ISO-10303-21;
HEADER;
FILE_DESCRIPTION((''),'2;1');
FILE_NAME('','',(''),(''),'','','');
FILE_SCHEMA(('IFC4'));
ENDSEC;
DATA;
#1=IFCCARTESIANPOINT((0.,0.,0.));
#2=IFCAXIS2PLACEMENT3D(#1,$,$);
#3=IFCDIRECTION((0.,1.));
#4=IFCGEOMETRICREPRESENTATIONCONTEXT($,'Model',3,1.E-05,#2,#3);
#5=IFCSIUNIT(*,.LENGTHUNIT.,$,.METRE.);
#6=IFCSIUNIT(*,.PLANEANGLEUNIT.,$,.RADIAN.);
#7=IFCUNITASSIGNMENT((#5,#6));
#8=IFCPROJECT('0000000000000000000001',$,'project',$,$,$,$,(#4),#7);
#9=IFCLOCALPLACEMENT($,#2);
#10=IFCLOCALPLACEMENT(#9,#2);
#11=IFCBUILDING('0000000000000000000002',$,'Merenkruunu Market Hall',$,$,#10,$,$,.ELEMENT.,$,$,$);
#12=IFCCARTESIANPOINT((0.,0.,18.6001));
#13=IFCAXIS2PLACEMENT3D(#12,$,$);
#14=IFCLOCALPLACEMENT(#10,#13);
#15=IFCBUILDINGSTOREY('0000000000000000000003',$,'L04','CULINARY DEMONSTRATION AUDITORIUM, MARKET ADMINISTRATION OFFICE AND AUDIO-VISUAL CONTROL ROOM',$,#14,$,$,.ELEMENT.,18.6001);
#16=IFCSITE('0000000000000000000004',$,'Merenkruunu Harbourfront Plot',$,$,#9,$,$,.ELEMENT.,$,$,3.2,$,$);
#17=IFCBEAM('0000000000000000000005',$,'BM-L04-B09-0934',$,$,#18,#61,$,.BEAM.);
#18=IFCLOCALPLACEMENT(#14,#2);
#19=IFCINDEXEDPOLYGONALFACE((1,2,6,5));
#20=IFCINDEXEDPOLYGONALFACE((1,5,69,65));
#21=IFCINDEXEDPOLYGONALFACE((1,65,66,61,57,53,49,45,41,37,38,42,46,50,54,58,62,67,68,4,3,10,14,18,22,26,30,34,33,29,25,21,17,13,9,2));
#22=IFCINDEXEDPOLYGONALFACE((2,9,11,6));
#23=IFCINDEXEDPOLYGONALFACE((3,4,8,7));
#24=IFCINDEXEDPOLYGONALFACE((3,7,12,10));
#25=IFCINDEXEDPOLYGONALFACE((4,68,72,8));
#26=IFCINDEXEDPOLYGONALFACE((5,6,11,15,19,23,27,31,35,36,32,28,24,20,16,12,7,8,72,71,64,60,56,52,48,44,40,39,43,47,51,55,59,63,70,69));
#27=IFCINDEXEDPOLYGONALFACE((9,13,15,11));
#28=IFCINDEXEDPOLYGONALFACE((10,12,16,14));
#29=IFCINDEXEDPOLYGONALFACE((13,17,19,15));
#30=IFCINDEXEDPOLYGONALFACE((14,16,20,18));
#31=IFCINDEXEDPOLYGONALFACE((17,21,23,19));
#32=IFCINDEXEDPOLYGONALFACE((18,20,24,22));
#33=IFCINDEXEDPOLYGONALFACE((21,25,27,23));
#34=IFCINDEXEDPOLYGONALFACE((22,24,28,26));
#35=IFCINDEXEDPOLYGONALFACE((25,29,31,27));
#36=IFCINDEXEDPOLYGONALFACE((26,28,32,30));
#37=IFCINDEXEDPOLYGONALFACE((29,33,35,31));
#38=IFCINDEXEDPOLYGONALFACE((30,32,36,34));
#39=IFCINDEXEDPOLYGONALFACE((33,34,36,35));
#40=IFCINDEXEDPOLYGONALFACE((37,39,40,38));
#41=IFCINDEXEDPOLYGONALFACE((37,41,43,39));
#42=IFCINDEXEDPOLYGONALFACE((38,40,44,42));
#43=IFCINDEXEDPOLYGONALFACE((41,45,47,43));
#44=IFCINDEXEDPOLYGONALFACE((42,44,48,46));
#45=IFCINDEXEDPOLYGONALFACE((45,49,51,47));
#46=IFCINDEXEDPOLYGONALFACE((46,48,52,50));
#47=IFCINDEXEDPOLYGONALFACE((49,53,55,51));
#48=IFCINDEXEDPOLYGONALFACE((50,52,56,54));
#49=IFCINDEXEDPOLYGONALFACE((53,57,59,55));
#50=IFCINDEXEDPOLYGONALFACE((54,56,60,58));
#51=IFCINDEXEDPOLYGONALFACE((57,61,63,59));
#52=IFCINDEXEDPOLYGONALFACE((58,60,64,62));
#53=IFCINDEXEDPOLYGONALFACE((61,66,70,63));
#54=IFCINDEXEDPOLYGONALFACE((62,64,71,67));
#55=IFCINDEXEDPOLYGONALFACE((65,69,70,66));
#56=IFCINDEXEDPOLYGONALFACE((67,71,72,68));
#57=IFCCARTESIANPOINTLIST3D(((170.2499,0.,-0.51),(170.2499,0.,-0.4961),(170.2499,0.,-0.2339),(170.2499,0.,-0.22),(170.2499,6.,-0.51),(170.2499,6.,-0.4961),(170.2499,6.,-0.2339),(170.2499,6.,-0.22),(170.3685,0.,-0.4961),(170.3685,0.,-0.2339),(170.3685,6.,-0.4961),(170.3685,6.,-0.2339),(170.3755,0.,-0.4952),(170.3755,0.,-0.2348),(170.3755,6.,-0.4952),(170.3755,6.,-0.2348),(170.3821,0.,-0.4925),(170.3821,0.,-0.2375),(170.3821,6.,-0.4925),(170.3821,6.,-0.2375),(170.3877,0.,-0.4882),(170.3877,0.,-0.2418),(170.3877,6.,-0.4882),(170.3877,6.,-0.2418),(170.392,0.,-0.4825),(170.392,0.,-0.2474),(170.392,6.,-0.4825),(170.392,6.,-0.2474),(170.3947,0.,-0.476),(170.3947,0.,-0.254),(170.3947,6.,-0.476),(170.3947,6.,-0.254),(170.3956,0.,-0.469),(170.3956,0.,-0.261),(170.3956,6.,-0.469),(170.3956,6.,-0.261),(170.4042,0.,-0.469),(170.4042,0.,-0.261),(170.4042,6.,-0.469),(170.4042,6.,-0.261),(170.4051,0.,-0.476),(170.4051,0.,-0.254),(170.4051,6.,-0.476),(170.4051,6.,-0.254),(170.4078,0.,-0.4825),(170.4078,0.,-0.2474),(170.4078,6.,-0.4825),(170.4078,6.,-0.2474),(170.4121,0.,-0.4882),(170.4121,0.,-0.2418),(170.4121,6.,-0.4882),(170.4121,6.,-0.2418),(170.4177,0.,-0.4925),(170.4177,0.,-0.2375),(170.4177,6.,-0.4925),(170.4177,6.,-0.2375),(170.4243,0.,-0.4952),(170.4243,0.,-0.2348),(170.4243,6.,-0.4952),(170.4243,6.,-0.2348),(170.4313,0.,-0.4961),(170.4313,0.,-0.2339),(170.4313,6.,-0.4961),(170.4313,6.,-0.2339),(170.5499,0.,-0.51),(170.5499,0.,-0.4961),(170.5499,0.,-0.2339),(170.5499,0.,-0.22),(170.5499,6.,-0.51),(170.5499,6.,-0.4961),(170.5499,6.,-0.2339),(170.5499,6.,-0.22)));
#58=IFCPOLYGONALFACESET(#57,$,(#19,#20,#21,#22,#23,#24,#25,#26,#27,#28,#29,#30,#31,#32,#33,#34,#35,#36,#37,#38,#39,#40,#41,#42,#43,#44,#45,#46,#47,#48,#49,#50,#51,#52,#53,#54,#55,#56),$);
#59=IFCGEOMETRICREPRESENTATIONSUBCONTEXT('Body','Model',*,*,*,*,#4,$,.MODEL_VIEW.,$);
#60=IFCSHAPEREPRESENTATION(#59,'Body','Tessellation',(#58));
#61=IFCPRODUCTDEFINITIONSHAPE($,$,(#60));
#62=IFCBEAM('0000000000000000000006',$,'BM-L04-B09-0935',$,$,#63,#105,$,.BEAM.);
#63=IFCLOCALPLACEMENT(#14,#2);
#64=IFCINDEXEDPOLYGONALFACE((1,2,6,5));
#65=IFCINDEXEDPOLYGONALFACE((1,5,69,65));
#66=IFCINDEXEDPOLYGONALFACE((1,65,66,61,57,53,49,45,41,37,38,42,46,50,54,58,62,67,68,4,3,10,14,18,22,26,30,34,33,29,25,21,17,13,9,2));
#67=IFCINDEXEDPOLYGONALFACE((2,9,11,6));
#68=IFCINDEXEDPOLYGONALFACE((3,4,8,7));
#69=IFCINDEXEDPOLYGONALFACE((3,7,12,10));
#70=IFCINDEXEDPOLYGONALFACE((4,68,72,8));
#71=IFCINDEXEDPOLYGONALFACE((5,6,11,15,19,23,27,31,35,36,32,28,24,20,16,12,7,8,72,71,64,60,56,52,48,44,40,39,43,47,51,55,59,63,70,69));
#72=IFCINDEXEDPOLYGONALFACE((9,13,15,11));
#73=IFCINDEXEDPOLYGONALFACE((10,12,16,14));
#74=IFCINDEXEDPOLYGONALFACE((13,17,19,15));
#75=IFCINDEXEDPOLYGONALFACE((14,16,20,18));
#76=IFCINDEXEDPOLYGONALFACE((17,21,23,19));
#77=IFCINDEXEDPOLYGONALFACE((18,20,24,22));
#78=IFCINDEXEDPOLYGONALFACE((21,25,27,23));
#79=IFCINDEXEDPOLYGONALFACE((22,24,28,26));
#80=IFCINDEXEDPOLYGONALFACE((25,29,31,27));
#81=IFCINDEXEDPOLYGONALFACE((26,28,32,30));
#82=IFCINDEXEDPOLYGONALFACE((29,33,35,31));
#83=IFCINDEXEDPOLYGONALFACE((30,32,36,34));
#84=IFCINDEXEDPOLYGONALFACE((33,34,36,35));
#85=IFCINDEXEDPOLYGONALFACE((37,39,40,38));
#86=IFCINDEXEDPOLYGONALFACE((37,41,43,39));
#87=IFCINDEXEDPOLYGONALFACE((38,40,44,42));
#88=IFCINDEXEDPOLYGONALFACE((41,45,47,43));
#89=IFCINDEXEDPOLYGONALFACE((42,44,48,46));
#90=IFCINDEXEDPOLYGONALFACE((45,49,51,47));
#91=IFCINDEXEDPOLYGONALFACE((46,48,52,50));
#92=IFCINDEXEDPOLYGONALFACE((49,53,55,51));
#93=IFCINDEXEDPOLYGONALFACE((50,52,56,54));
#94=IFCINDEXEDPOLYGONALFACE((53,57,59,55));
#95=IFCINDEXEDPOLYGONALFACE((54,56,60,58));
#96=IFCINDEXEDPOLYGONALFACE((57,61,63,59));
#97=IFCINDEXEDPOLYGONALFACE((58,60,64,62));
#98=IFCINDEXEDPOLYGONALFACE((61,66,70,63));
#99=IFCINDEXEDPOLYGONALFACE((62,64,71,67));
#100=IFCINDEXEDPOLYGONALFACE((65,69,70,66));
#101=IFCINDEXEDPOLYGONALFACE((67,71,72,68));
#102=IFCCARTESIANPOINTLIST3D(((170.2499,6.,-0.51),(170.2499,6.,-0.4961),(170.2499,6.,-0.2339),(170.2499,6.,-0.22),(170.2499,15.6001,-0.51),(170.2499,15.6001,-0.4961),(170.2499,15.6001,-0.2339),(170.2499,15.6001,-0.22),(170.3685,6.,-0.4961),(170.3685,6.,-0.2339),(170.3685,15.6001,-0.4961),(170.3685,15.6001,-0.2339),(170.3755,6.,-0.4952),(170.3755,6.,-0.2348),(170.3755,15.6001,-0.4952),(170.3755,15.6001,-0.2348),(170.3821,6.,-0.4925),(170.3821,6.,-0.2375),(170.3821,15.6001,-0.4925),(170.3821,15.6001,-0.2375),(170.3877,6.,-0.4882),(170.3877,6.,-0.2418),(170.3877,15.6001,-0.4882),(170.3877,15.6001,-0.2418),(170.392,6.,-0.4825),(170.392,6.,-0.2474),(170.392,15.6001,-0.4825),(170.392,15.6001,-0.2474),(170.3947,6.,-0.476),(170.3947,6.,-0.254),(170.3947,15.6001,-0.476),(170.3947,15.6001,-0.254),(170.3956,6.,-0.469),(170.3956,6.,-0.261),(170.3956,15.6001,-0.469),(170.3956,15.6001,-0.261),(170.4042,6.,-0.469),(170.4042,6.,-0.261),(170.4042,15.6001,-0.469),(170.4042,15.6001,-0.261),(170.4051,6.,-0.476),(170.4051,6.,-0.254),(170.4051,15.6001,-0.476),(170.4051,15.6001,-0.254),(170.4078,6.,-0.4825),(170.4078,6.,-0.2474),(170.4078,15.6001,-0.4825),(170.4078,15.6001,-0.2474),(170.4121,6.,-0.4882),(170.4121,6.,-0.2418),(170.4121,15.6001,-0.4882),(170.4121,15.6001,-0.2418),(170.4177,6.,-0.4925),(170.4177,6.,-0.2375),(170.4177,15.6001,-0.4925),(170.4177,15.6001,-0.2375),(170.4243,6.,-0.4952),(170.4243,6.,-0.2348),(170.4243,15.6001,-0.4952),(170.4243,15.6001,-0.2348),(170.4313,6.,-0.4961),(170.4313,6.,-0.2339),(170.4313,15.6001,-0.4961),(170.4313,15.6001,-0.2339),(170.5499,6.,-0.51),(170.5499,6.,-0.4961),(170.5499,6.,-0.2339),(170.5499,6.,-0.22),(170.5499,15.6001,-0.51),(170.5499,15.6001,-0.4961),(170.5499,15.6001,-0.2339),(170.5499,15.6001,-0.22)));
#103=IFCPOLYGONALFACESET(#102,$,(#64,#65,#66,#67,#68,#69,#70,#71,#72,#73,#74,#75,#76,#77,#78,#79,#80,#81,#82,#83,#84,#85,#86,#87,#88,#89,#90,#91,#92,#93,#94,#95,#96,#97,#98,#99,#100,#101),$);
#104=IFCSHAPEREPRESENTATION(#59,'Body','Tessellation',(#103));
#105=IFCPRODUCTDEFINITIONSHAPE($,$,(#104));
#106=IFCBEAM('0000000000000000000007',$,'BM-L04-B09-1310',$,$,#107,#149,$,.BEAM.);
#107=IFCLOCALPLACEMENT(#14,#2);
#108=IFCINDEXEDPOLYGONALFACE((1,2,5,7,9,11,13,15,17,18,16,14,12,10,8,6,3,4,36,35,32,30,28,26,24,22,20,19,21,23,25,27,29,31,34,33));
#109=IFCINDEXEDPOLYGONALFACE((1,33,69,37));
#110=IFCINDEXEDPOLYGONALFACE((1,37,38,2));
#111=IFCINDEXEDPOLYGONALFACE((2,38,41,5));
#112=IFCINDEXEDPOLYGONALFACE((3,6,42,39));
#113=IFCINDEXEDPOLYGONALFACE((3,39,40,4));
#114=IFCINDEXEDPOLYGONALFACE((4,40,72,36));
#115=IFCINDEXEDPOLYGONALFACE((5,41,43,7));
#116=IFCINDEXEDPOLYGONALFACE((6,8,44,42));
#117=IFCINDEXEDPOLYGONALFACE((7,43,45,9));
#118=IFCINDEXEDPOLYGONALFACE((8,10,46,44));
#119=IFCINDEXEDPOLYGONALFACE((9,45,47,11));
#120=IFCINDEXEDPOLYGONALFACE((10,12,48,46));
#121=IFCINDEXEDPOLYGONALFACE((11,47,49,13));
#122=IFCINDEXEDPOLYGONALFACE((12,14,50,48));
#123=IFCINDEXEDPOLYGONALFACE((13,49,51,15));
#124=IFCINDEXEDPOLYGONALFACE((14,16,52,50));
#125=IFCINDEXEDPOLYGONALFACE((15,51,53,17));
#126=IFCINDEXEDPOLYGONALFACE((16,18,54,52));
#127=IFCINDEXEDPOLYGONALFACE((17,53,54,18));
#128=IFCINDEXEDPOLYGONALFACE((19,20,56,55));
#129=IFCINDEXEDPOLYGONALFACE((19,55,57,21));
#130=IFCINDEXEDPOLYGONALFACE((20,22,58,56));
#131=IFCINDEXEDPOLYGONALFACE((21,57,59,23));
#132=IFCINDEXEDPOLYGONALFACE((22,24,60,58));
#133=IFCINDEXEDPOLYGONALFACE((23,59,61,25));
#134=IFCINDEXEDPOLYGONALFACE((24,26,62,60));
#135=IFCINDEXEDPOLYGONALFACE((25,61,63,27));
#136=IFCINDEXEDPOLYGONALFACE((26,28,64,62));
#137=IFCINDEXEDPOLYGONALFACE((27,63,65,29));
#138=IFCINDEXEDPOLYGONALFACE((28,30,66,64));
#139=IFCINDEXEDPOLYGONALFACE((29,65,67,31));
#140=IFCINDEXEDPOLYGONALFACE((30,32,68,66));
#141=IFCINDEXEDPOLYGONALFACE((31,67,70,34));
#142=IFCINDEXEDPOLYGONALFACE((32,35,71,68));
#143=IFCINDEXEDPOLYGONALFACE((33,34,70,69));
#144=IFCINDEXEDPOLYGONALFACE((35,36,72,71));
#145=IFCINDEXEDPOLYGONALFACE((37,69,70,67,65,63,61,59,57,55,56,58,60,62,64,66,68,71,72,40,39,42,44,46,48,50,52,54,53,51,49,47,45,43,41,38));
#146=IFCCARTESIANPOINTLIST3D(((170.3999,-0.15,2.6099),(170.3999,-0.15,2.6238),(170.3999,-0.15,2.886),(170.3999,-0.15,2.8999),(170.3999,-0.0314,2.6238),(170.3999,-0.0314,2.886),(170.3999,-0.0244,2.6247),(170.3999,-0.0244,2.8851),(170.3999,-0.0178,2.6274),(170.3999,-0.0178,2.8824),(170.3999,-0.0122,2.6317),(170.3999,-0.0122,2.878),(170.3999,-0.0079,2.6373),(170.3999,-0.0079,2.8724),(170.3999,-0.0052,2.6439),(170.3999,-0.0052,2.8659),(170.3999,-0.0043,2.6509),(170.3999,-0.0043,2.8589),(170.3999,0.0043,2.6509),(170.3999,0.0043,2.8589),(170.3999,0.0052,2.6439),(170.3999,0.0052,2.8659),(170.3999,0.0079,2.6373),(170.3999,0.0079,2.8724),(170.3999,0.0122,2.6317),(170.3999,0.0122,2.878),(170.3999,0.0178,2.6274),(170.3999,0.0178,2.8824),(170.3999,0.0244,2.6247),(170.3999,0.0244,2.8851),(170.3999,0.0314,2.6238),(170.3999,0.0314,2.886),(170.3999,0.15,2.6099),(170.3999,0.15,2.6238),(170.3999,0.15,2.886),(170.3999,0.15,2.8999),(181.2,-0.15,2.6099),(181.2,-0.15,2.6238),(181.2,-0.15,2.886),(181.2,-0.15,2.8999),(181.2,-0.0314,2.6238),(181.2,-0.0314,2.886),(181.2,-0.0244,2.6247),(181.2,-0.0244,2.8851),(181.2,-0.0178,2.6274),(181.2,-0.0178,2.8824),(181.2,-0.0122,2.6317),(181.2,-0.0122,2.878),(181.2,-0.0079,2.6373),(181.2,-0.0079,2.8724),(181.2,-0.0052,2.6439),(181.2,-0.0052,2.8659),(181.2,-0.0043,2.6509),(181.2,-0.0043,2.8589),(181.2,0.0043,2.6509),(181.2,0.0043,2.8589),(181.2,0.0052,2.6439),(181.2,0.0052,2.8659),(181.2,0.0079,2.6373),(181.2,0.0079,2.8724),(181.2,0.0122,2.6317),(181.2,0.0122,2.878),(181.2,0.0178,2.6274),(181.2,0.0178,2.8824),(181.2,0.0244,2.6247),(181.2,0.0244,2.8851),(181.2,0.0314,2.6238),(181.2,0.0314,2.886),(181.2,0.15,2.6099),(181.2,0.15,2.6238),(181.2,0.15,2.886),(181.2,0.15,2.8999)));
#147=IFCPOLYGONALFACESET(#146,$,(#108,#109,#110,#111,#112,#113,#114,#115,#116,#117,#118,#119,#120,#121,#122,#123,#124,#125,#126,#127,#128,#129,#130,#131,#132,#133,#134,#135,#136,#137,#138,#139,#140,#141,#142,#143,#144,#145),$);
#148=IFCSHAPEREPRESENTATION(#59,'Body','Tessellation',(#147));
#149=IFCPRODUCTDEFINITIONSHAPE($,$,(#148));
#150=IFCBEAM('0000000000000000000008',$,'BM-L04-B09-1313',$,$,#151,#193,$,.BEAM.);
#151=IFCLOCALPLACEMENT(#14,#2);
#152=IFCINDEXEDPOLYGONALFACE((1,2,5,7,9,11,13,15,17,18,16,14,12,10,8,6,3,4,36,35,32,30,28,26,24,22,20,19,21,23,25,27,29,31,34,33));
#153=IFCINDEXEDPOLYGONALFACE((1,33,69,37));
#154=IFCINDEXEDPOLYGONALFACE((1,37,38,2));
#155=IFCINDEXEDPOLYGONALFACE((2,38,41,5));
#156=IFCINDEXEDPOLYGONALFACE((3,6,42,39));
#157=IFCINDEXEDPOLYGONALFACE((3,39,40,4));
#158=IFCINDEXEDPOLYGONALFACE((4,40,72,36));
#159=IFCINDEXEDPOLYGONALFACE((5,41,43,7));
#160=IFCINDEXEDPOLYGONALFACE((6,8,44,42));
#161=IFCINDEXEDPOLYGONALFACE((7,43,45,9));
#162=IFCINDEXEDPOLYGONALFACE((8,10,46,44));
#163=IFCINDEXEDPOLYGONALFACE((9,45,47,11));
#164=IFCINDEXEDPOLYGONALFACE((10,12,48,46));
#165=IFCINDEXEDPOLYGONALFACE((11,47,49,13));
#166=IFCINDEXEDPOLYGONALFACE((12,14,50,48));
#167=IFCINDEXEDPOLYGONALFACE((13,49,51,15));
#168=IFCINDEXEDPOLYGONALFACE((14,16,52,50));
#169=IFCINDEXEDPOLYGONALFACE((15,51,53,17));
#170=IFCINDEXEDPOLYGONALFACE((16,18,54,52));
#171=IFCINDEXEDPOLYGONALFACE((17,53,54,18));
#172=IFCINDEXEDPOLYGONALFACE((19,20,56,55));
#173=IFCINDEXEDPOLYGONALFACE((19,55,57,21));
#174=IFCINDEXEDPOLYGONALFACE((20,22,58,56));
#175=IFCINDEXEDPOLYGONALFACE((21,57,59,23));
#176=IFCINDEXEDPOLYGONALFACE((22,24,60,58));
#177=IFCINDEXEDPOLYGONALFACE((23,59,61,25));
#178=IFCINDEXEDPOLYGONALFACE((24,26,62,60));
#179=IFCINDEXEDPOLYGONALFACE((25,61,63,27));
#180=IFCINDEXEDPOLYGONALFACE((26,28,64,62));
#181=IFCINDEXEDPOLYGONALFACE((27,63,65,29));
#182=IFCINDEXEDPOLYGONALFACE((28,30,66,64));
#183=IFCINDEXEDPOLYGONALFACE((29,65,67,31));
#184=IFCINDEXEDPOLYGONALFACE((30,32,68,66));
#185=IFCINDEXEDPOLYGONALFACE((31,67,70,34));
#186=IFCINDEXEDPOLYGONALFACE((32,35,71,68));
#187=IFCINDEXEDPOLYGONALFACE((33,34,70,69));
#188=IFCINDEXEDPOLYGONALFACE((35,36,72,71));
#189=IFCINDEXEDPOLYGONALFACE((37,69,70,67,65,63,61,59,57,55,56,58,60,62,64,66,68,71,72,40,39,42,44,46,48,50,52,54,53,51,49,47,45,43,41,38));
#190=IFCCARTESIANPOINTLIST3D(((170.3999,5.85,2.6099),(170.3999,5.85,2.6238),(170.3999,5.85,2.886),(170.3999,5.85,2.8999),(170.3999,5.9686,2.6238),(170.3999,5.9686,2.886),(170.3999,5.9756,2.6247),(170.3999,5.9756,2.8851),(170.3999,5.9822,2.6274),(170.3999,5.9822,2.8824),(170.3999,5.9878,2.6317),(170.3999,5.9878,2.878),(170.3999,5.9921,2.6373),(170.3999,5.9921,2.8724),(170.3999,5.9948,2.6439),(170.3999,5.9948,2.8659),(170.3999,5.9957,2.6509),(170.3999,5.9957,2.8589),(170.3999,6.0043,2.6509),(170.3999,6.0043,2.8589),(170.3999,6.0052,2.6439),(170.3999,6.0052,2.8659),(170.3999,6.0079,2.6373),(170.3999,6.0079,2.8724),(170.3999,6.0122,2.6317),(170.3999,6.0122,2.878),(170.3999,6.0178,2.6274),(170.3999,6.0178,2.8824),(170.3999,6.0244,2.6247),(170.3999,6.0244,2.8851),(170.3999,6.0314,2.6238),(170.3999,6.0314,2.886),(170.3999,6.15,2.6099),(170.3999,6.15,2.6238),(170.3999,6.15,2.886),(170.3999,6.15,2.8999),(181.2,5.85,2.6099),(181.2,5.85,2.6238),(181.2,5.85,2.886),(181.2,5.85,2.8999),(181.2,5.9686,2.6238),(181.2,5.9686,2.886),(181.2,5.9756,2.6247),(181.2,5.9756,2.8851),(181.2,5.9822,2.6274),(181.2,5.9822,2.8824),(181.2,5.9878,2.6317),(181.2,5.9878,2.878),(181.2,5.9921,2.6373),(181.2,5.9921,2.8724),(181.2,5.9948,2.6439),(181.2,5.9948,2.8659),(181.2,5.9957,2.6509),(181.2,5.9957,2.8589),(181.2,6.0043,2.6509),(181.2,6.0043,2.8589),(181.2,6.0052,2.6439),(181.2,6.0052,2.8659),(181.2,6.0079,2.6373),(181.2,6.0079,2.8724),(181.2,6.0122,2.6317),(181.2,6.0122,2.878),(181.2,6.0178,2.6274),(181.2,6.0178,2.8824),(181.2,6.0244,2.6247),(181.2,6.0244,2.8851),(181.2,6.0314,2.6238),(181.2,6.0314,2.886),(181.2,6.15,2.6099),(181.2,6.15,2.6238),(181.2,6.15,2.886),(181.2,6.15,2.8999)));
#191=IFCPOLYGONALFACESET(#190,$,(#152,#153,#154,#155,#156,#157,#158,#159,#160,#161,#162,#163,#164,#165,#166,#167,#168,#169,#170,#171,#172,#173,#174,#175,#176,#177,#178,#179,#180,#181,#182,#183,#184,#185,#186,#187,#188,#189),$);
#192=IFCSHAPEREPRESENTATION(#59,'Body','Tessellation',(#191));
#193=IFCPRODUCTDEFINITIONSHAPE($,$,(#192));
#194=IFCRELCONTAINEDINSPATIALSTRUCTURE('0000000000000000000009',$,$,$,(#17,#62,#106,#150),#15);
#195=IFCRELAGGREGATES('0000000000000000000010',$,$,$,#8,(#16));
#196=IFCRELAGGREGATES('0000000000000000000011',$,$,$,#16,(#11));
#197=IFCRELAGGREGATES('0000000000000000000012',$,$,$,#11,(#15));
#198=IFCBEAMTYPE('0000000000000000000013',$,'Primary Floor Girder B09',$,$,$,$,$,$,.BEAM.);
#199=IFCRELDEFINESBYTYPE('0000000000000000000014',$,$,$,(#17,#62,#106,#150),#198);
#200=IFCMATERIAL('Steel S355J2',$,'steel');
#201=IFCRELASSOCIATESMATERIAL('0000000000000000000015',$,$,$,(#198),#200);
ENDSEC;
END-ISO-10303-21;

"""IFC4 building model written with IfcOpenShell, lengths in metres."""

from ifc_helpers import new_model, si_unit, direction, frame, origin, origin_2d, place, context, subcontext, project, spatial, i_section, extrude, material, material_profile, profile_set, type_object, element, save


model = new_model("IFC4")

# Units and contexts
model_context = context("Model", 3, precision=1e-05, world=origin(), true_north=direction((0.0, 1.0)))
body_context = subcontext(model_context, "Body", "Model", "MODEL_VIEW")
ifc_project = project(units=[si_unit("LENGTHUNIT", "METRE"), si_unit("PLANEANGLEUNIT", "RADIAN")], contexts=[model_context])

# Site, building, storey
site_placement = place(None, origin())
site = spatial("IfcSite", under=ifc_project, at=site_placement, Name="Merenkruunu Harbourfront Plot", CompositionType="ELEMENT", RefElevation=3.2)
building_placement = place(site_placement, origin())
building = spatial("IfcBuilding", under=site, at=building_placement, Name="Merenkruunu Market Hall", CompositionType="ELEMENT")
storey_placement = place(building_placement, frame((0.0, 0.0, 18.6001)))
storey = spatial("IfcBuildingStorey", under=building, at=storey_placement, Name="L04", Description="CULINARY DEMONSTRATION AUDITORIUM, MARKET ADMINISTRATION OFFICE AND AUDIO-VISUAL CONTROL ROOM", CompositionType="ELEMENT", Elevation=18.6001)

# Shared definitions
ifc_material_1 = material(Name="Steel S355J2", Category="steel")

# Beams
ifc_material_profile_1 = material_profile(ifc_material_1, i_section(OverallWidth=0.3, OverallDepth=0.29, WebThickness=0.0085, FlangeThickness=0.0139, FilletRadius=0.0271, at=origin_2d()), Name="HEA 300")
ifc_profile_set_1 = profile_set([ifc_material_profile_1], Name="Steel S355J2")
beam_type_1 = type_object("IfcBeamType", Name="Primary Floor Girder B09", PredefinedType="BEAM", material=ifc_profile_set_1)
beam_1_placement = place(storey_placement, frame((170.3999, 0.0, -0.365), z_axis=(0.0, 1.0, 0.0), x_axis=(-1.0, 0.0, 0.0)))
element("IfcBeam", 1, at=beam_1_placement, inside=storey, type_object=beam_type_1, Name="BM-L04-B09-0934", PredefinedType="BEAM", context=body_context, shape_type="SweptSolid", body=[
    extrude(i_section(OverallWidth=0.3, OverallDepth=0.29, WebThickness=0.0085, FlangeThickness=0.0139, FilletRadius=0.0271, at=origin_2d()), origin(), (0.0, 0.0, 1.0), 6.0),
])
beam_2_placement = place(storey_placement, frame((170.3999, 6.0, -0.365), z_axis=(0.0, 1.0, 0.0), x_axis=(-1.0, 0.0, 0.0)))
element("IfcBeam", 2, at=beam_2_placement, inside=storey, type_object=beam_type_1, Name="BM-L04-B09-0935", PredefinedType="BEAM", context=body_context, shape_type="SweptSolid", body=[
    extrude(i_section(OverallWidth=0.3, OverallDepth=0.29, WebThickness=0.0085, FlangeThickness=0.0139, FilletRadius=0.0271, at=origin_2d()), origin(), (0.0, 0.0, 1.0), 9.6001),
])
for number, where, z_axis, x_axis, name in (
    (3, (170.3999, 0.0, 2.7549), (1.0, 0.0, 0.0), (0.0, 1.0, 0.0), "BM-L04-B09-1310"),
    (4, (170.3999, 6.0, 2.7549), (1.0, 0.0, 0.0), (0.0, 1.0, 0.0), "BM-L04-B09-1313"),
):
    element("IfcBeam", number, at=place(storey_placement, frame(where, z_axis=z_axis, x_axis=x_axis)), inside=storey, type_object=beam_type_1, Name=name, PredefinedType="BEAM", context=body_context, shape_type="SweptSolid", body=[
        extrude(i_section(OverallWidth=0.3, OverallDepth=0.29, WebThickness=0.0085, FlangeThickness=0.0139, FilletRadius=0.0271, at=origin_2d()), origin(), (0.0, 0.0, 1.0), 10.8),
    ])

save(model, "model.ifc")
